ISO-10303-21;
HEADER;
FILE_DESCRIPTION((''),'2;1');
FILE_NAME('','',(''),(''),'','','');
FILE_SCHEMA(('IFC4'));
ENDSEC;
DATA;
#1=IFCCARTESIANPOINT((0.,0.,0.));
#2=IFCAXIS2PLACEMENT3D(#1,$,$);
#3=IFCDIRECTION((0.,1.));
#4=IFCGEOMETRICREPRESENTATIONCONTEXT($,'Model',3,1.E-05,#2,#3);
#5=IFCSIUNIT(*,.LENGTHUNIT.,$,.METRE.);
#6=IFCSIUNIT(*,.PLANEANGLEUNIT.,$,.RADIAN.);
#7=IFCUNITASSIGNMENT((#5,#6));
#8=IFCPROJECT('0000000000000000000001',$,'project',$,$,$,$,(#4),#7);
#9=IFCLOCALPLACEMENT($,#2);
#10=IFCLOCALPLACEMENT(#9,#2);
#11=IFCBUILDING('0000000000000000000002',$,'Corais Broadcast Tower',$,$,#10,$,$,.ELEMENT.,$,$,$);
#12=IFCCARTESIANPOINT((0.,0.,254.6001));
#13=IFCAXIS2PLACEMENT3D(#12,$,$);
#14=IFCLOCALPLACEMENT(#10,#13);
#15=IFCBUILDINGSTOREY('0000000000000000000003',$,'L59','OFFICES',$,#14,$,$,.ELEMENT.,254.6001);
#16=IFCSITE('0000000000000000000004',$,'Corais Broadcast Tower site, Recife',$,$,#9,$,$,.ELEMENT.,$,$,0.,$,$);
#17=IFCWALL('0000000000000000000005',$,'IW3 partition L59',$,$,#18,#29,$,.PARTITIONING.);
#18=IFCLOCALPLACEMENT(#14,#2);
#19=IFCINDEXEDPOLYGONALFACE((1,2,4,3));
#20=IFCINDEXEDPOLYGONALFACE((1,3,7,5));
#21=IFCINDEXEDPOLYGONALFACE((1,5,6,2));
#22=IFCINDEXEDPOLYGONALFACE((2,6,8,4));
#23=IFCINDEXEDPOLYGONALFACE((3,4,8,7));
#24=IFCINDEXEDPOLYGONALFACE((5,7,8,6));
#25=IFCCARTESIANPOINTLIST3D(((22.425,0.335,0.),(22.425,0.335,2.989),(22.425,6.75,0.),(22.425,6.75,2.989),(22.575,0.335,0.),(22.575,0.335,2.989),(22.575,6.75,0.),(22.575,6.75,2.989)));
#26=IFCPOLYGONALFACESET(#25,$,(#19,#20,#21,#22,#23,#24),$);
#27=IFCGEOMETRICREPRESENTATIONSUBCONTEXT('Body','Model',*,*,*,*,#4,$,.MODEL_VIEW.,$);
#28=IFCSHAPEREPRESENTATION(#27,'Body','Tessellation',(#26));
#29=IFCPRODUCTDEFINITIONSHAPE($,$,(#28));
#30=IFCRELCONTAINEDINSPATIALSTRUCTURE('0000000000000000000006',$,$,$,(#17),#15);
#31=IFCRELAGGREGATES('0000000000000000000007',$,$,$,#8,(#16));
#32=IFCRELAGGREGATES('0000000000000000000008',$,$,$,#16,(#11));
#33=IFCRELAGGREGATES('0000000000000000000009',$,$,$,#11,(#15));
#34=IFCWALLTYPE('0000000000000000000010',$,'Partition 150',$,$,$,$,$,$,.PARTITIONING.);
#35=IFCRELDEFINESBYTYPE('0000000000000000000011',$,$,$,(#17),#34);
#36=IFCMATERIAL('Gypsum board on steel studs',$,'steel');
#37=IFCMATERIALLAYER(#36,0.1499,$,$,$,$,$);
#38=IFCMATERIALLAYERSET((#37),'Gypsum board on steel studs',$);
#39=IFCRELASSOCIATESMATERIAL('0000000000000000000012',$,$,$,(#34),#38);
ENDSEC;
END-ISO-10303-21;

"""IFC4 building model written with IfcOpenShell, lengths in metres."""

from ifc_helpers import new_model, si_unit, direction, frame, frame_2d, origin, place, context, subcontext, project, spatial, rectangle, extrude, material, layer, layer_set, type_object, element, save


model = new_model("IFC4")

# Units and contexts
model_context = context("Model", 3, precision=1e-05, world=origin(), true_north=direction((0.0, 1.0)))
body_context = subcontext(model_context, "Body", "Model", "MODEL_VIEW")
ifc_project = project(units=[si_unit("LENGTHUNIT", "METRE"), si_unit("PLANEANGLEUNIT", "RADIAN")], contexts=[model_context])

# Site, building, storey
site_placement = place(None, origin())
site = spatial("IfcSite", under=ifc_project, at=site_placement, Name="Corais Broadcast Tower site, Recife", CompositionType="ELEMENT", RefElevation=0.0)
building_placement = place(site_placement, origin())
building = spatial("IfcBuilding", under=site, at=building_placement, Name="Corais Broadcast Tower", CompositionType="ELEMENT")
storey_placement = place(building_placement, frame((0.0, 0.0, 254.6001)))
storey = spatial("IfcBuildingStorey", under=building, at=storey_placement, Name="L59", Description="OFFICES", CompositionType="ELEMENT", Elevation=254.6001)

# Wall
ifc_material_1 = material(Name="Gypsum board on steel studs", Category="steel")
ifc_layer_1 = layer(ifc_material_1, 0.1499)
ifc_layer_set_1 = layer_set([ifc_layer_1], Name="Gypsum board on steel studs")
wall_type = type_object("IfcWallType", Name="Partition 150", PredefinedType="PARTITIONING", material=ifc_layer_set_1)
wall_placement = place(storey_placement, frame((22.5, 0.335, 0.0), z_axis=(0.0, 0.0, 1.0), x_axis=(0.0, 1.0, 0.0)))
element("IfcWall", 1, at=wall_placement, inside=storey, type_object=wall_type, Name="IW3 partition L59", PredefinedType="PARTITIONING", context=body_context, shape_type="SweptSolid", body=[
    extrude(rectangle(XDim=6.415, YDim=0.1499, at=frame_2d((3.2075, 0.0))), origin(), (0.0, 0.0, 1.0), 2.989),
])

save(model, "model.ifc")
